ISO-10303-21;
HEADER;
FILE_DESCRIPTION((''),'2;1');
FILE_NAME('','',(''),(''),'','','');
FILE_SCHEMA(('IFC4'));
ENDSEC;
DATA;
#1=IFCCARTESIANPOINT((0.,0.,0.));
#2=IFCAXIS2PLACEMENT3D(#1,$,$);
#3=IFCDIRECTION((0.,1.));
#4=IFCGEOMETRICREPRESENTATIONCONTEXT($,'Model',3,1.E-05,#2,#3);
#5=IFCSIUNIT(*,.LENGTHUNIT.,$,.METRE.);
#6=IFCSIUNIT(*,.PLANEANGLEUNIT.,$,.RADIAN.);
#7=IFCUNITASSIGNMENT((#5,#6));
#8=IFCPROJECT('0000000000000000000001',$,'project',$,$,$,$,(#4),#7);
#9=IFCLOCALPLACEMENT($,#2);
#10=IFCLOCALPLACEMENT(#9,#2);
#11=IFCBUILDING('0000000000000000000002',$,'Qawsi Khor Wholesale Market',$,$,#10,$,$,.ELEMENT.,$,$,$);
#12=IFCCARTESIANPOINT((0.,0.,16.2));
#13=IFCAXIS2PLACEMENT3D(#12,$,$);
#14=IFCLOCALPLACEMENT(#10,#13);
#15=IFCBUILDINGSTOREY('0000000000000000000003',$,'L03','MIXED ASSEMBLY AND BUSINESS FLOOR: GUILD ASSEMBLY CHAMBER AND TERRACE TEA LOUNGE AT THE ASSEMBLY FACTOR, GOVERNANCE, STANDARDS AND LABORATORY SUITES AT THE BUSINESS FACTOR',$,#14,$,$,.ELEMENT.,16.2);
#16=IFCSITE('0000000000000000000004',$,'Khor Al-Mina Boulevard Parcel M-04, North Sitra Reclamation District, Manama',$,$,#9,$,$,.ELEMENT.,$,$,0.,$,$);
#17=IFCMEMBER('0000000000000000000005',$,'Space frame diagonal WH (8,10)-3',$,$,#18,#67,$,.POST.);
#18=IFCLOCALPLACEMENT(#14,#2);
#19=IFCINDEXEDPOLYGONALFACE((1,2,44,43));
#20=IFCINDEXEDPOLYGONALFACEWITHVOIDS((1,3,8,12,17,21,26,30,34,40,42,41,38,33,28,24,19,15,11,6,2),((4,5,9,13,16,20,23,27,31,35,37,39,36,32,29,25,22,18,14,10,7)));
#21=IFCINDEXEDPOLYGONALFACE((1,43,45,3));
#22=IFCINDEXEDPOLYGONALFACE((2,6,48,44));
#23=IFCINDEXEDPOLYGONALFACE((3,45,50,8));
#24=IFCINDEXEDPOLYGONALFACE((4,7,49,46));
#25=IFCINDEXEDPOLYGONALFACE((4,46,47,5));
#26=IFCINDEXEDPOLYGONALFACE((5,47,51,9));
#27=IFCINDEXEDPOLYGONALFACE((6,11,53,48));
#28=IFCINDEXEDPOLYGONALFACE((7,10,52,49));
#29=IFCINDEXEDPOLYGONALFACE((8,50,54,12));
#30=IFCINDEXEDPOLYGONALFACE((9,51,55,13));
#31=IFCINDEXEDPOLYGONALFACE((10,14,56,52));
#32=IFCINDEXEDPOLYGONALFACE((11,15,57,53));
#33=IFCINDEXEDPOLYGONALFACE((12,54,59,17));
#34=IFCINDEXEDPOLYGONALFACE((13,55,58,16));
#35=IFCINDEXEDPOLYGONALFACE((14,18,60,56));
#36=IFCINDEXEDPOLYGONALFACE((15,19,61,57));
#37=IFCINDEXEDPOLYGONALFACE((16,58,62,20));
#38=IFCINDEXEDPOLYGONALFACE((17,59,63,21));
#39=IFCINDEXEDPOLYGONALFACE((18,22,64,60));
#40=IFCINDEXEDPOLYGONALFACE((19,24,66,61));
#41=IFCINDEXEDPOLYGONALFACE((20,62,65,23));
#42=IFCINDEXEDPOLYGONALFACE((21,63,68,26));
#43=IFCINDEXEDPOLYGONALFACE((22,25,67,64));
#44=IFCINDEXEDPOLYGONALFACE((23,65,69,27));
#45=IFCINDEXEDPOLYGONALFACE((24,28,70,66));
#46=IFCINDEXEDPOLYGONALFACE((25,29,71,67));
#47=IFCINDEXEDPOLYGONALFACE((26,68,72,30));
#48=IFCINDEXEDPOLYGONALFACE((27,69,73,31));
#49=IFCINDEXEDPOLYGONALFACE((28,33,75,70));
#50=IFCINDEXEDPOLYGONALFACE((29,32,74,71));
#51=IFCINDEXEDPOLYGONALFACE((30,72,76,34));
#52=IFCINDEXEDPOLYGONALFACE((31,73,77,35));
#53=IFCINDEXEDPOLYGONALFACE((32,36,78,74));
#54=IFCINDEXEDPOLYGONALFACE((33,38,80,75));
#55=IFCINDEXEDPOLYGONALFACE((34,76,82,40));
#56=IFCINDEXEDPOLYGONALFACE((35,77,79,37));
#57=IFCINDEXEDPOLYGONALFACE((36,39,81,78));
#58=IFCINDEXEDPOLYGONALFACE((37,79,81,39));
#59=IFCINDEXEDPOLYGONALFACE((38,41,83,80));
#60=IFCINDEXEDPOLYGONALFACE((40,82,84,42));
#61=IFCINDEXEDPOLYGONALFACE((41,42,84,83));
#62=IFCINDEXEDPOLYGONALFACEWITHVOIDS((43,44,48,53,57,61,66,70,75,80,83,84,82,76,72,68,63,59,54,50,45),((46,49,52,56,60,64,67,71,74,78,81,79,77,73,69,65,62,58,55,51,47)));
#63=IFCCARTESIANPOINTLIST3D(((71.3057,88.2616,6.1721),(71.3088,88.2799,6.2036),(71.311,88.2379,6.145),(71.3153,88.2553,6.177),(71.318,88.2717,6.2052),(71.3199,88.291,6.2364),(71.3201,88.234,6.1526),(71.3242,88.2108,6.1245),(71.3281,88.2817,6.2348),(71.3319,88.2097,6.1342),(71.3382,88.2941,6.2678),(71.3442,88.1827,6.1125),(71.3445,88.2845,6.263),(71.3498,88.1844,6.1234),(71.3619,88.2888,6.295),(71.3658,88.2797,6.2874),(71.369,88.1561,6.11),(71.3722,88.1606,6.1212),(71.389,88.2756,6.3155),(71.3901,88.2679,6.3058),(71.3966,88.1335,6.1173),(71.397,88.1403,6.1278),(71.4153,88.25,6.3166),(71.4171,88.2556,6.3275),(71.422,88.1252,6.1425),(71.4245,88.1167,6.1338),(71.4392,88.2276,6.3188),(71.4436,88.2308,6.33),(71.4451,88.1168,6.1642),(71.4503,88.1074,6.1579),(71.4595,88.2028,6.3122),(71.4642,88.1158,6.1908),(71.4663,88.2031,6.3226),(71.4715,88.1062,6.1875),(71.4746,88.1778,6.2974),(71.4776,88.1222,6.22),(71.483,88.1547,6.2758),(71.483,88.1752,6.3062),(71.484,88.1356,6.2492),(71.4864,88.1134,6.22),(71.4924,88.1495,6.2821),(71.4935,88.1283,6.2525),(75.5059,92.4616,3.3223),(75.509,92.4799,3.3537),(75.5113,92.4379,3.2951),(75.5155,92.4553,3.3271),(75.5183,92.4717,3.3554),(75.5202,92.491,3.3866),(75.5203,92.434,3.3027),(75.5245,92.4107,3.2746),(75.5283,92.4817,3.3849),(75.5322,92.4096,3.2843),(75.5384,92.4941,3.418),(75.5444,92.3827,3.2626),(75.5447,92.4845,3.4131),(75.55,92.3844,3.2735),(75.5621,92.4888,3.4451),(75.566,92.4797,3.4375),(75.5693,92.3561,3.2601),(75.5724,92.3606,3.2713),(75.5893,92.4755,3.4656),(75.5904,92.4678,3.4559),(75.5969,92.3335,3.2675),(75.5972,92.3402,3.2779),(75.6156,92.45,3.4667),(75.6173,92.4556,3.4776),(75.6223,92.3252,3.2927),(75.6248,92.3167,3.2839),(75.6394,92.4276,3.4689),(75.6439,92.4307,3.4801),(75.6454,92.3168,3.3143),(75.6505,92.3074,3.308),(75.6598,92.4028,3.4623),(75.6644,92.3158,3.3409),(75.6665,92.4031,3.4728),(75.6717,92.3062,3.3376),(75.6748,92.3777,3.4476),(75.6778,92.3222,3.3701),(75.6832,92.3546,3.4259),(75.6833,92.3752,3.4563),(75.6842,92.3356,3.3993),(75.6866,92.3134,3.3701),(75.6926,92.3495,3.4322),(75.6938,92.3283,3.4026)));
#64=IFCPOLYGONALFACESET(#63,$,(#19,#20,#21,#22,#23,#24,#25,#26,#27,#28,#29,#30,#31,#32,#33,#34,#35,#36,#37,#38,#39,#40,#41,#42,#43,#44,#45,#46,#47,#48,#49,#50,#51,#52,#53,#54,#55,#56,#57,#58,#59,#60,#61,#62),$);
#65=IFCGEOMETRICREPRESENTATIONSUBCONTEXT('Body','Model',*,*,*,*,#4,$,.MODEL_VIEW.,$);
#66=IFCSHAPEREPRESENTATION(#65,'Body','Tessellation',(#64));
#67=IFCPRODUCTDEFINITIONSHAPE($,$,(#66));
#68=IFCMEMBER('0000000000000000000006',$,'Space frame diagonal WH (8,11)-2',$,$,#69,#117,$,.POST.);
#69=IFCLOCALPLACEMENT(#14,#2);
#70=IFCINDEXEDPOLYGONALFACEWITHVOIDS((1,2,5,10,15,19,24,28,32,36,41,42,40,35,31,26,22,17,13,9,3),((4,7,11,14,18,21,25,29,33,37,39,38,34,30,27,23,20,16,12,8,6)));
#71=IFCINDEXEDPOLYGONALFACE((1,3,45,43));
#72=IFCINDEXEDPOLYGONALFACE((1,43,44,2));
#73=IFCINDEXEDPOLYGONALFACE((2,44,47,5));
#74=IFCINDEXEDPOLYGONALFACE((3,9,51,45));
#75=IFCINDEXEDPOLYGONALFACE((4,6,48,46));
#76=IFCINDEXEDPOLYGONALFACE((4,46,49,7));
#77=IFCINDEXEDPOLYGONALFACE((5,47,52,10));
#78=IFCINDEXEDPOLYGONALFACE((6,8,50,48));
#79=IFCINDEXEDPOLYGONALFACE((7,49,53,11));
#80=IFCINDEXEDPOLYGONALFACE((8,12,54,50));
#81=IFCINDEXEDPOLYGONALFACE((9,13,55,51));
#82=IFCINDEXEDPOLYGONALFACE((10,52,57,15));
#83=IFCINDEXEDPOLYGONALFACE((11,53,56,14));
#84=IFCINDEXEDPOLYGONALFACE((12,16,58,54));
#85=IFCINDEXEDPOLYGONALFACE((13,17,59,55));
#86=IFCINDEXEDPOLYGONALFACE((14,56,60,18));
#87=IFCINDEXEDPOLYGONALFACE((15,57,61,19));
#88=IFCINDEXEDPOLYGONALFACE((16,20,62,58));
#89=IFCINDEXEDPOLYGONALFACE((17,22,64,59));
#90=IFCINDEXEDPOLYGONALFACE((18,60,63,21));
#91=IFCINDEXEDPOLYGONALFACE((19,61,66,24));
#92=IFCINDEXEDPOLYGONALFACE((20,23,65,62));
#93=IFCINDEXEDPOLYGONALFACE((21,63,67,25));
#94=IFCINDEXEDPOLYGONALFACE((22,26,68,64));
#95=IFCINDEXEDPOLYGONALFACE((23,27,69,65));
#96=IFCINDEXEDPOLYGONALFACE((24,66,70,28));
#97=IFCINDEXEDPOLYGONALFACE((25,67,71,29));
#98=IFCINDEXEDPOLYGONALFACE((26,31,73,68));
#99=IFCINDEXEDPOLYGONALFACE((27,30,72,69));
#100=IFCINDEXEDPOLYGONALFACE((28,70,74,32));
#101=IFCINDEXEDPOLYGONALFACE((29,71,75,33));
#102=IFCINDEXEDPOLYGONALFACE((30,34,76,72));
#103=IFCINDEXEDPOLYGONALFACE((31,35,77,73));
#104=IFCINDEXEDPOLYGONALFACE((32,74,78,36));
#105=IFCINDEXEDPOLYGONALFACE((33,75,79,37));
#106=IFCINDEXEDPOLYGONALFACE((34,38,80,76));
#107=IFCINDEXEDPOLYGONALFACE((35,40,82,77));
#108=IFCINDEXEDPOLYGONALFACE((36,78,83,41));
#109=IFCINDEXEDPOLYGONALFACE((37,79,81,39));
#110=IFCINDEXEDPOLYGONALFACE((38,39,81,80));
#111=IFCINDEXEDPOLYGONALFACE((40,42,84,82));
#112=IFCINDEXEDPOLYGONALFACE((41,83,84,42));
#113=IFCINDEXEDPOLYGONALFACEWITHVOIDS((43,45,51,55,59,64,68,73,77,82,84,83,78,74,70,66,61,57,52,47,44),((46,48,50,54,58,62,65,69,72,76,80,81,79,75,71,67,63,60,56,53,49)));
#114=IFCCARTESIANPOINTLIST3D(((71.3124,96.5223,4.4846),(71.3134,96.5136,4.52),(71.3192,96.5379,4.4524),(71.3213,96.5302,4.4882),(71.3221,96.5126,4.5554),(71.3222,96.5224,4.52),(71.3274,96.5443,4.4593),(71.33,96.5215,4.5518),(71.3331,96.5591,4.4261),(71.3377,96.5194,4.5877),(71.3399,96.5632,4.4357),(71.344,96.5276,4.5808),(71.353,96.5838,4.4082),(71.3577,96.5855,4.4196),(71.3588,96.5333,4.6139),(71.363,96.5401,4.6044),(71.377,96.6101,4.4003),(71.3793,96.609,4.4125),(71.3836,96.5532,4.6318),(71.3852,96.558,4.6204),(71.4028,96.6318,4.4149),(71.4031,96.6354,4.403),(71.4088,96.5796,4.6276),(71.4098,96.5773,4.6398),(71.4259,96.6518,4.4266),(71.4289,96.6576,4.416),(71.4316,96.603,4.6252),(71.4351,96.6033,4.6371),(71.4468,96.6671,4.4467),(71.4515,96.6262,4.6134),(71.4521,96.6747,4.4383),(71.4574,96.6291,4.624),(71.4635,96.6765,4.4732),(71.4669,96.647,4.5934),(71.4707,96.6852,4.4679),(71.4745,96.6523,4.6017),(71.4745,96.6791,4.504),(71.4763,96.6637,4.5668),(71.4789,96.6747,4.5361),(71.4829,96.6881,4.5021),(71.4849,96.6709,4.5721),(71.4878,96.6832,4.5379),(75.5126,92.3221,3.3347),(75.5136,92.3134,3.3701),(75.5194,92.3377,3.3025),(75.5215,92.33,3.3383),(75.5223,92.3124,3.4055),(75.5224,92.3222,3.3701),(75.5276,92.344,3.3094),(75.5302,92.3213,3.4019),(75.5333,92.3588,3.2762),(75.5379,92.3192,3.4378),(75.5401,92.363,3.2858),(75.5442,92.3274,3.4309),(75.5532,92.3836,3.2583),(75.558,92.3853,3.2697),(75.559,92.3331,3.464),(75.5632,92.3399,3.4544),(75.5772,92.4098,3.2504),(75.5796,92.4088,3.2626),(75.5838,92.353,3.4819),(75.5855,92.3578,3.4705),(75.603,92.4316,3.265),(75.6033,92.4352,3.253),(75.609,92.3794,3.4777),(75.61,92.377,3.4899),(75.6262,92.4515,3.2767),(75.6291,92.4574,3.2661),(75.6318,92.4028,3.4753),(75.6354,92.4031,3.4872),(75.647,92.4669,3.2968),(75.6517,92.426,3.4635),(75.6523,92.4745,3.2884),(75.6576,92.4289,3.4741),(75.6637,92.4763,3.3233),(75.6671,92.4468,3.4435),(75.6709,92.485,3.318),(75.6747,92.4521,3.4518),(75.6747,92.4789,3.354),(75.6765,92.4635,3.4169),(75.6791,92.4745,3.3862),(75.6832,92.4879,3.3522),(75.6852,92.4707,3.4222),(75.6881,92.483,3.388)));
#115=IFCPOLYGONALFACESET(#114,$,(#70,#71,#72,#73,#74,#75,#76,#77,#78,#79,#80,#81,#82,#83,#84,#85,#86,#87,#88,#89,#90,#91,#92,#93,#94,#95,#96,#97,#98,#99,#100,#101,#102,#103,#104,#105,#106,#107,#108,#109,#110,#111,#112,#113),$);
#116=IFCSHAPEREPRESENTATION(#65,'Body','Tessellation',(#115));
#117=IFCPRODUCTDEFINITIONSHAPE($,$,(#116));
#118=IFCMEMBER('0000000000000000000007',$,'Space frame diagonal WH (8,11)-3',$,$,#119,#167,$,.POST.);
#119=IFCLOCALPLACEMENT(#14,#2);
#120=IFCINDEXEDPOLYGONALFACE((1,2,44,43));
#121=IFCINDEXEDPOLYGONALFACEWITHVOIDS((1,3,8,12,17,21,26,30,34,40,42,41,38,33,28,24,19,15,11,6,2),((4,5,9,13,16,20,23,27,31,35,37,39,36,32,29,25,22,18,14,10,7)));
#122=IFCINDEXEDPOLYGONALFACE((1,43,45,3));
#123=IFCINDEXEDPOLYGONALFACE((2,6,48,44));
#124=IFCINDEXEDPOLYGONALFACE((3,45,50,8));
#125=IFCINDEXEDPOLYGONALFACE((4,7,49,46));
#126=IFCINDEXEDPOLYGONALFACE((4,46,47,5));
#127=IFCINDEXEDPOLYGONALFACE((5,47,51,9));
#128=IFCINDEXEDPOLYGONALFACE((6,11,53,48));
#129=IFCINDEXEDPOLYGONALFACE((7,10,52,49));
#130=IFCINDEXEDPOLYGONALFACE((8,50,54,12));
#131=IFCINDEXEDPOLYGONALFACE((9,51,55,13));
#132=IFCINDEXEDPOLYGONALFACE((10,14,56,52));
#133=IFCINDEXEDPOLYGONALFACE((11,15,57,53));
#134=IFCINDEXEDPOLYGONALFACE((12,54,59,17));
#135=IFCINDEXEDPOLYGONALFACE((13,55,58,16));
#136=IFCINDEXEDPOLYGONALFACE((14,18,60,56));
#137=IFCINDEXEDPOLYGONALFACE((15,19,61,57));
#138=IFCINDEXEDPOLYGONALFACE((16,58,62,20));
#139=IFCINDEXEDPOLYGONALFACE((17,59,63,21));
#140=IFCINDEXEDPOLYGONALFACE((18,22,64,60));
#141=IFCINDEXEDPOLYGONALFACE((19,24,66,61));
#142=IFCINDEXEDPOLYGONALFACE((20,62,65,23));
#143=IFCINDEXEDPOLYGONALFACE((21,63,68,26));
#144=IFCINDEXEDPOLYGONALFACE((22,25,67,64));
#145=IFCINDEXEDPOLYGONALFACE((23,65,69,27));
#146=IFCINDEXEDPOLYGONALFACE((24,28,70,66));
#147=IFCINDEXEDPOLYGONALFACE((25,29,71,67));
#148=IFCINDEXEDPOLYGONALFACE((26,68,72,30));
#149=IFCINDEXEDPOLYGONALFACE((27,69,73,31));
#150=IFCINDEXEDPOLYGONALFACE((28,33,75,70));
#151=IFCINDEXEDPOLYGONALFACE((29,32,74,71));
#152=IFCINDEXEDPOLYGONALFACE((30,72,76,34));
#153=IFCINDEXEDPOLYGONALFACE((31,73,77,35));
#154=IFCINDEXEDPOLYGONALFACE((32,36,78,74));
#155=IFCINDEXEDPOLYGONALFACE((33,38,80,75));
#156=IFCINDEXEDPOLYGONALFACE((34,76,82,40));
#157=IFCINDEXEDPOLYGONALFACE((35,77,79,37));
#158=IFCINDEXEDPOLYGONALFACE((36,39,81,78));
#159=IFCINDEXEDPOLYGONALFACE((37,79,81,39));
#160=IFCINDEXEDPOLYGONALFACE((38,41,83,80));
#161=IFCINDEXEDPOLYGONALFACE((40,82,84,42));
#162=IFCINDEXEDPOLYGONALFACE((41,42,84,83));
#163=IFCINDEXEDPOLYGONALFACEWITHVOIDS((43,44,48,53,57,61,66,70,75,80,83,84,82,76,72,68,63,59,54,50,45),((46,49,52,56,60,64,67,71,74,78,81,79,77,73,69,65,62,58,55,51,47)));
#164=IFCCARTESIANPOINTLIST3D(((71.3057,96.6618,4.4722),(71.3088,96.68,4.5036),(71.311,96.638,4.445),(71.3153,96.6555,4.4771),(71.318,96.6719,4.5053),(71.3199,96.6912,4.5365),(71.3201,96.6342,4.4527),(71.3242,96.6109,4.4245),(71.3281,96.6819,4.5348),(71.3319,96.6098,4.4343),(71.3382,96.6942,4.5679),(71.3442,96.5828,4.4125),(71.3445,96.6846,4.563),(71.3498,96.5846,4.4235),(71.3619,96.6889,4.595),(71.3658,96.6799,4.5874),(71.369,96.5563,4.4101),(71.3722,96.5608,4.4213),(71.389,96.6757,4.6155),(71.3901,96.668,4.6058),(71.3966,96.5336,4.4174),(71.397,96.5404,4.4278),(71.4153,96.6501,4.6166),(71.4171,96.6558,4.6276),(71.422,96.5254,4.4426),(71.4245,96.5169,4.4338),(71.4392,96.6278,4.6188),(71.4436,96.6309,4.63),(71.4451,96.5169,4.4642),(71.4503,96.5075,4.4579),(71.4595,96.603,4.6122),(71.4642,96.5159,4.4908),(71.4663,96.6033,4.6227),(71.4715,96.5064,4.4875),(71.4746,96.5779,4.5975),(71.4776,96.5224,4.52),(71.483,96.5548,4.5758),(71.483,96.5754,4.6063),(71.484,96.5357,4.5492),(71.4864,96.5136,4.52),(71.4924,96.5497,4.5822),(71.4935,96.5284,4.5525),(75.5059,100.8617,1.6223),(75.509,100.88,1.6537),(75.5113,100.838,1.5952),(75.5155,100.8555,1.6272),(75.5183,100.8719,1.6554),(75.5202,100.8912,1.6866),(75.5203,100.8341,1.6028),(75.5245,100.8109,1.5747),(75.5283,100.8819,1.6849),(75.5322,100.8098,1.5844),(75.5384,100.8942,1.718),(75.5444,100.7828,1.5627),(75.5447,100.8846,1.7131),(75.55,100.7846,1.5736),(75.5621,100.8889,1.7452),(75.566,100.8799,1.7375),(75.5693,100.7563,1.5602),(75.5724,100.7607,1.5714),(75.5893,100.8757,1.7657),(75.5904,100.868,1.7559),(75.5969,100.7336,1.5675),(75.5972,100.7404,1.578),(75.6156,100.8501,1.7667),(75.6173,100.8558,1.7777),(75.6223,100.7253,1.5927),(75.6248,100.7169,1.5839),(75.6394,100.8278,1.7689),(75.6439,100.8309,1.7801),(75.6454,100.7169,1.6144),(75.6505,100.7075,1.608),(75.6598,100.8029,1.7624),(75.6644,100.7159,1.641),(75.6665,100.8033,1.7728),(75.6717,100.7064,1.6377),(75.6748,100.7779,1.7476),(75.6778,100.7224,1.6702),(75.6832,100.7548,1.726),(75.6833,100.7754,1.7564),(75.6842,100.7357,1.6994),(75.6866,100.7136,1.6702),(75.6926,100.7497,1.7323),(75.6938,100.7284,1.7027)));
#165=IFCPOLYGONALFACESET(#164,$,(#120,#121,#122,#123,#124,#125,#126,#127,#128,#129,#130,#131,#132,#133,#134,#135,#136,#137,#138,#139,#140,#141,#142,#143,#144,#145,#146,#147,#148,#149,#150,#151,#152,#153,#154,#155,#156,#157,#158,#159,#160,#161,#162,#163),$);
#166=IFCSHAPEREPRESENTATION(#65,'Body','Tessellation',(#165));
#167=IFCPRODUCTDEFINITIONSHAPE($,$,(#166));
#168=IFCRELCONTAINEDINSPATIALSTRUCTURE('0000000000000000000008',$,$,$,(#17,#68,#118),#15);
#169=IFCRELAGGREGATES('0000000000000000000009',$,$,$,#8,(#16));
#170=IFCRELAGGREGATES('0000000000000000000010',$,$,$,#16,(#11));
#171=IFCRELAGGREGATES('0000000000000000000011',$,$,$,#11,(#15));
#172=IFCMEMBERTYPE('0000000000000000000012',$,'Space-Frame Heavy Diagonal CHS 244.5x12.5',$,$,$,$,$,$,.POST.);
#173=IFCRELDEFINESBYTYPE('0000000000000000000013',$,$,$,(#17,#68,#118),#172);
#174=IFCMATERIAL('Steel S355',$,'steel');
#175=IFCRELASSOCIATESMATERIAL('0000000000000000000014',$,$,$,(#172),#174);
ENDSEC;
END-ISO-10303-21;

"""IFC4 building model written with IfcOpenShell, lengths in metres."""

from ifc_helpers import new_model, si_unit, direction, frame, origin, origin_2d, place, context, subcontext, project, spatial, hollow_circle, extrude, material, material_profile, profile_set, type_object, element, save


model = new_model("IFC4")

# Units and contexts
model_context = context("Model", 3, precision=1e-05, world=origin(), true_north=direction((0.0, 1.0)))
body_context = subcontext(model_context, "Body", "Model", "MODEL_VIEW")
ifc_project = project(units=[si_unit("LENGTHUNIT", "METRE"), si_unit("PLANEANGLEUNIT", "RADIAN")], contexts=[model_context])

# Site, building, storey
site_placement = place(None, origin())
site = spatial("IfcSite", under=ifc_project, at=site_placement, Name="Khor Al-Mina Boulevard Parcel M-04, North Sitra Reclamation District, Manama", CompositionType="ELEMENT", RefElevation=0.0)
building_placement = place(site_placement, origin())
building = spatial("IfcBuilding", under=site, at=building_placement, Name="Qawsi Khor Wholesale Market", CompositionType="ELEMENT")
storey_placement = place(building_placement, frame((0.0, 0.0, 16.2)))
storey = spatial("IfcBuildingStorey", under=building, at=storey_placement, Name="L03", Description="MIXED ASSEMBLY AND BUSINESS FLOOR: GUILD ASSEMBLY CHAMBER AND TERRACE TEA LOUNGE AT THE ASSEMBLY FACTOR, GOVERNANCE, STANDARDS AND LABORATORY SUITES AT THE BUSINESS FACTOR", CompositionType="ELEMENT", Elevation=16.2)

# Members
ifc_material_1 = material(Name="Steel S355", Category="steel")
ifc_material_profile_1 = material_profile(ifc_material_1, hollow_circle(Radius=0.1223, WallThickness=0.0125, at=origin_2d()), Name="CHS 244.5x12.5")
ifc_profile_set_1 = profile_set([ifc_material_profile_1], Name="Steel S355")
member_type_1 = type_object("IfcMemberType", Name="Space-Frame Heavy Diagonal CHS 244.5x12.5", PredefinedType="POST", material=ifc_profile_set_1)
member_1_placement = place(storey_placement, frame((75.6001, 92.3999, 3.3701), z_axis=(-0.637544, -0.637507, 0.432577), x_axis=(0.707086, -0.707127, 0.0)))
element("IfcMember", 1, at=member_1_placement, inside=storey, type_object=member_type_1, Name="Space frame diagonal WH (8,10)-3", PredefinedType="POST", context=body_context, shape_type="SweptSolid", body=[
    extrude(hollow_circle(Radius=0.1223, WallThickness=0.0125, at=origin_2d()), origin(), (0.0, 0.0, 1.0), 6.5881),
])
member_2_placement = place(storey_placement, frame((75.6001, 92.3999, 3.3701), z_axis=(-0.694218, 0.694218, 0.190059), x_axis=(-0.707107, -0.707107, 0.0)))
element("IfcMember", 2, at=member_2_placement, inside=storey, type_object=member_type_1, Name="Space frame diagonal WH (8,11)-2", PredefinedType="POST", context=body_context, shape_type="SweptSolid", body=[
    extrude(hollow_circle(Radius=0.1223, WallThickness=0.0125, at=origin_2d()), origin(), (0.0, 0.0, 1.0), 6.0503),
])
member_3_placement = place(storey_placement, frame((75.6001, 100.8, 1.6702), z_axis=(-0.637544, -0.637507, 0.432577), x_axis=(0.707086, -0.707127, 0.0)))
element("IfcMember", 3, at=member_3_placement, inside=storey, type_object=member_type_1, Name="Space frame diagonal WH (8,11)-3", PredefinedType="POST", context=body_context, shape_type="SweptSolid", body=[
    extrude(hollow_circle(Radius=0.1223, WallThickness=0.0125, at=origin_2d()), origin(), (0.0, 0.0, 1.0), 6.5881),
])

save(model, "model.ifc")
